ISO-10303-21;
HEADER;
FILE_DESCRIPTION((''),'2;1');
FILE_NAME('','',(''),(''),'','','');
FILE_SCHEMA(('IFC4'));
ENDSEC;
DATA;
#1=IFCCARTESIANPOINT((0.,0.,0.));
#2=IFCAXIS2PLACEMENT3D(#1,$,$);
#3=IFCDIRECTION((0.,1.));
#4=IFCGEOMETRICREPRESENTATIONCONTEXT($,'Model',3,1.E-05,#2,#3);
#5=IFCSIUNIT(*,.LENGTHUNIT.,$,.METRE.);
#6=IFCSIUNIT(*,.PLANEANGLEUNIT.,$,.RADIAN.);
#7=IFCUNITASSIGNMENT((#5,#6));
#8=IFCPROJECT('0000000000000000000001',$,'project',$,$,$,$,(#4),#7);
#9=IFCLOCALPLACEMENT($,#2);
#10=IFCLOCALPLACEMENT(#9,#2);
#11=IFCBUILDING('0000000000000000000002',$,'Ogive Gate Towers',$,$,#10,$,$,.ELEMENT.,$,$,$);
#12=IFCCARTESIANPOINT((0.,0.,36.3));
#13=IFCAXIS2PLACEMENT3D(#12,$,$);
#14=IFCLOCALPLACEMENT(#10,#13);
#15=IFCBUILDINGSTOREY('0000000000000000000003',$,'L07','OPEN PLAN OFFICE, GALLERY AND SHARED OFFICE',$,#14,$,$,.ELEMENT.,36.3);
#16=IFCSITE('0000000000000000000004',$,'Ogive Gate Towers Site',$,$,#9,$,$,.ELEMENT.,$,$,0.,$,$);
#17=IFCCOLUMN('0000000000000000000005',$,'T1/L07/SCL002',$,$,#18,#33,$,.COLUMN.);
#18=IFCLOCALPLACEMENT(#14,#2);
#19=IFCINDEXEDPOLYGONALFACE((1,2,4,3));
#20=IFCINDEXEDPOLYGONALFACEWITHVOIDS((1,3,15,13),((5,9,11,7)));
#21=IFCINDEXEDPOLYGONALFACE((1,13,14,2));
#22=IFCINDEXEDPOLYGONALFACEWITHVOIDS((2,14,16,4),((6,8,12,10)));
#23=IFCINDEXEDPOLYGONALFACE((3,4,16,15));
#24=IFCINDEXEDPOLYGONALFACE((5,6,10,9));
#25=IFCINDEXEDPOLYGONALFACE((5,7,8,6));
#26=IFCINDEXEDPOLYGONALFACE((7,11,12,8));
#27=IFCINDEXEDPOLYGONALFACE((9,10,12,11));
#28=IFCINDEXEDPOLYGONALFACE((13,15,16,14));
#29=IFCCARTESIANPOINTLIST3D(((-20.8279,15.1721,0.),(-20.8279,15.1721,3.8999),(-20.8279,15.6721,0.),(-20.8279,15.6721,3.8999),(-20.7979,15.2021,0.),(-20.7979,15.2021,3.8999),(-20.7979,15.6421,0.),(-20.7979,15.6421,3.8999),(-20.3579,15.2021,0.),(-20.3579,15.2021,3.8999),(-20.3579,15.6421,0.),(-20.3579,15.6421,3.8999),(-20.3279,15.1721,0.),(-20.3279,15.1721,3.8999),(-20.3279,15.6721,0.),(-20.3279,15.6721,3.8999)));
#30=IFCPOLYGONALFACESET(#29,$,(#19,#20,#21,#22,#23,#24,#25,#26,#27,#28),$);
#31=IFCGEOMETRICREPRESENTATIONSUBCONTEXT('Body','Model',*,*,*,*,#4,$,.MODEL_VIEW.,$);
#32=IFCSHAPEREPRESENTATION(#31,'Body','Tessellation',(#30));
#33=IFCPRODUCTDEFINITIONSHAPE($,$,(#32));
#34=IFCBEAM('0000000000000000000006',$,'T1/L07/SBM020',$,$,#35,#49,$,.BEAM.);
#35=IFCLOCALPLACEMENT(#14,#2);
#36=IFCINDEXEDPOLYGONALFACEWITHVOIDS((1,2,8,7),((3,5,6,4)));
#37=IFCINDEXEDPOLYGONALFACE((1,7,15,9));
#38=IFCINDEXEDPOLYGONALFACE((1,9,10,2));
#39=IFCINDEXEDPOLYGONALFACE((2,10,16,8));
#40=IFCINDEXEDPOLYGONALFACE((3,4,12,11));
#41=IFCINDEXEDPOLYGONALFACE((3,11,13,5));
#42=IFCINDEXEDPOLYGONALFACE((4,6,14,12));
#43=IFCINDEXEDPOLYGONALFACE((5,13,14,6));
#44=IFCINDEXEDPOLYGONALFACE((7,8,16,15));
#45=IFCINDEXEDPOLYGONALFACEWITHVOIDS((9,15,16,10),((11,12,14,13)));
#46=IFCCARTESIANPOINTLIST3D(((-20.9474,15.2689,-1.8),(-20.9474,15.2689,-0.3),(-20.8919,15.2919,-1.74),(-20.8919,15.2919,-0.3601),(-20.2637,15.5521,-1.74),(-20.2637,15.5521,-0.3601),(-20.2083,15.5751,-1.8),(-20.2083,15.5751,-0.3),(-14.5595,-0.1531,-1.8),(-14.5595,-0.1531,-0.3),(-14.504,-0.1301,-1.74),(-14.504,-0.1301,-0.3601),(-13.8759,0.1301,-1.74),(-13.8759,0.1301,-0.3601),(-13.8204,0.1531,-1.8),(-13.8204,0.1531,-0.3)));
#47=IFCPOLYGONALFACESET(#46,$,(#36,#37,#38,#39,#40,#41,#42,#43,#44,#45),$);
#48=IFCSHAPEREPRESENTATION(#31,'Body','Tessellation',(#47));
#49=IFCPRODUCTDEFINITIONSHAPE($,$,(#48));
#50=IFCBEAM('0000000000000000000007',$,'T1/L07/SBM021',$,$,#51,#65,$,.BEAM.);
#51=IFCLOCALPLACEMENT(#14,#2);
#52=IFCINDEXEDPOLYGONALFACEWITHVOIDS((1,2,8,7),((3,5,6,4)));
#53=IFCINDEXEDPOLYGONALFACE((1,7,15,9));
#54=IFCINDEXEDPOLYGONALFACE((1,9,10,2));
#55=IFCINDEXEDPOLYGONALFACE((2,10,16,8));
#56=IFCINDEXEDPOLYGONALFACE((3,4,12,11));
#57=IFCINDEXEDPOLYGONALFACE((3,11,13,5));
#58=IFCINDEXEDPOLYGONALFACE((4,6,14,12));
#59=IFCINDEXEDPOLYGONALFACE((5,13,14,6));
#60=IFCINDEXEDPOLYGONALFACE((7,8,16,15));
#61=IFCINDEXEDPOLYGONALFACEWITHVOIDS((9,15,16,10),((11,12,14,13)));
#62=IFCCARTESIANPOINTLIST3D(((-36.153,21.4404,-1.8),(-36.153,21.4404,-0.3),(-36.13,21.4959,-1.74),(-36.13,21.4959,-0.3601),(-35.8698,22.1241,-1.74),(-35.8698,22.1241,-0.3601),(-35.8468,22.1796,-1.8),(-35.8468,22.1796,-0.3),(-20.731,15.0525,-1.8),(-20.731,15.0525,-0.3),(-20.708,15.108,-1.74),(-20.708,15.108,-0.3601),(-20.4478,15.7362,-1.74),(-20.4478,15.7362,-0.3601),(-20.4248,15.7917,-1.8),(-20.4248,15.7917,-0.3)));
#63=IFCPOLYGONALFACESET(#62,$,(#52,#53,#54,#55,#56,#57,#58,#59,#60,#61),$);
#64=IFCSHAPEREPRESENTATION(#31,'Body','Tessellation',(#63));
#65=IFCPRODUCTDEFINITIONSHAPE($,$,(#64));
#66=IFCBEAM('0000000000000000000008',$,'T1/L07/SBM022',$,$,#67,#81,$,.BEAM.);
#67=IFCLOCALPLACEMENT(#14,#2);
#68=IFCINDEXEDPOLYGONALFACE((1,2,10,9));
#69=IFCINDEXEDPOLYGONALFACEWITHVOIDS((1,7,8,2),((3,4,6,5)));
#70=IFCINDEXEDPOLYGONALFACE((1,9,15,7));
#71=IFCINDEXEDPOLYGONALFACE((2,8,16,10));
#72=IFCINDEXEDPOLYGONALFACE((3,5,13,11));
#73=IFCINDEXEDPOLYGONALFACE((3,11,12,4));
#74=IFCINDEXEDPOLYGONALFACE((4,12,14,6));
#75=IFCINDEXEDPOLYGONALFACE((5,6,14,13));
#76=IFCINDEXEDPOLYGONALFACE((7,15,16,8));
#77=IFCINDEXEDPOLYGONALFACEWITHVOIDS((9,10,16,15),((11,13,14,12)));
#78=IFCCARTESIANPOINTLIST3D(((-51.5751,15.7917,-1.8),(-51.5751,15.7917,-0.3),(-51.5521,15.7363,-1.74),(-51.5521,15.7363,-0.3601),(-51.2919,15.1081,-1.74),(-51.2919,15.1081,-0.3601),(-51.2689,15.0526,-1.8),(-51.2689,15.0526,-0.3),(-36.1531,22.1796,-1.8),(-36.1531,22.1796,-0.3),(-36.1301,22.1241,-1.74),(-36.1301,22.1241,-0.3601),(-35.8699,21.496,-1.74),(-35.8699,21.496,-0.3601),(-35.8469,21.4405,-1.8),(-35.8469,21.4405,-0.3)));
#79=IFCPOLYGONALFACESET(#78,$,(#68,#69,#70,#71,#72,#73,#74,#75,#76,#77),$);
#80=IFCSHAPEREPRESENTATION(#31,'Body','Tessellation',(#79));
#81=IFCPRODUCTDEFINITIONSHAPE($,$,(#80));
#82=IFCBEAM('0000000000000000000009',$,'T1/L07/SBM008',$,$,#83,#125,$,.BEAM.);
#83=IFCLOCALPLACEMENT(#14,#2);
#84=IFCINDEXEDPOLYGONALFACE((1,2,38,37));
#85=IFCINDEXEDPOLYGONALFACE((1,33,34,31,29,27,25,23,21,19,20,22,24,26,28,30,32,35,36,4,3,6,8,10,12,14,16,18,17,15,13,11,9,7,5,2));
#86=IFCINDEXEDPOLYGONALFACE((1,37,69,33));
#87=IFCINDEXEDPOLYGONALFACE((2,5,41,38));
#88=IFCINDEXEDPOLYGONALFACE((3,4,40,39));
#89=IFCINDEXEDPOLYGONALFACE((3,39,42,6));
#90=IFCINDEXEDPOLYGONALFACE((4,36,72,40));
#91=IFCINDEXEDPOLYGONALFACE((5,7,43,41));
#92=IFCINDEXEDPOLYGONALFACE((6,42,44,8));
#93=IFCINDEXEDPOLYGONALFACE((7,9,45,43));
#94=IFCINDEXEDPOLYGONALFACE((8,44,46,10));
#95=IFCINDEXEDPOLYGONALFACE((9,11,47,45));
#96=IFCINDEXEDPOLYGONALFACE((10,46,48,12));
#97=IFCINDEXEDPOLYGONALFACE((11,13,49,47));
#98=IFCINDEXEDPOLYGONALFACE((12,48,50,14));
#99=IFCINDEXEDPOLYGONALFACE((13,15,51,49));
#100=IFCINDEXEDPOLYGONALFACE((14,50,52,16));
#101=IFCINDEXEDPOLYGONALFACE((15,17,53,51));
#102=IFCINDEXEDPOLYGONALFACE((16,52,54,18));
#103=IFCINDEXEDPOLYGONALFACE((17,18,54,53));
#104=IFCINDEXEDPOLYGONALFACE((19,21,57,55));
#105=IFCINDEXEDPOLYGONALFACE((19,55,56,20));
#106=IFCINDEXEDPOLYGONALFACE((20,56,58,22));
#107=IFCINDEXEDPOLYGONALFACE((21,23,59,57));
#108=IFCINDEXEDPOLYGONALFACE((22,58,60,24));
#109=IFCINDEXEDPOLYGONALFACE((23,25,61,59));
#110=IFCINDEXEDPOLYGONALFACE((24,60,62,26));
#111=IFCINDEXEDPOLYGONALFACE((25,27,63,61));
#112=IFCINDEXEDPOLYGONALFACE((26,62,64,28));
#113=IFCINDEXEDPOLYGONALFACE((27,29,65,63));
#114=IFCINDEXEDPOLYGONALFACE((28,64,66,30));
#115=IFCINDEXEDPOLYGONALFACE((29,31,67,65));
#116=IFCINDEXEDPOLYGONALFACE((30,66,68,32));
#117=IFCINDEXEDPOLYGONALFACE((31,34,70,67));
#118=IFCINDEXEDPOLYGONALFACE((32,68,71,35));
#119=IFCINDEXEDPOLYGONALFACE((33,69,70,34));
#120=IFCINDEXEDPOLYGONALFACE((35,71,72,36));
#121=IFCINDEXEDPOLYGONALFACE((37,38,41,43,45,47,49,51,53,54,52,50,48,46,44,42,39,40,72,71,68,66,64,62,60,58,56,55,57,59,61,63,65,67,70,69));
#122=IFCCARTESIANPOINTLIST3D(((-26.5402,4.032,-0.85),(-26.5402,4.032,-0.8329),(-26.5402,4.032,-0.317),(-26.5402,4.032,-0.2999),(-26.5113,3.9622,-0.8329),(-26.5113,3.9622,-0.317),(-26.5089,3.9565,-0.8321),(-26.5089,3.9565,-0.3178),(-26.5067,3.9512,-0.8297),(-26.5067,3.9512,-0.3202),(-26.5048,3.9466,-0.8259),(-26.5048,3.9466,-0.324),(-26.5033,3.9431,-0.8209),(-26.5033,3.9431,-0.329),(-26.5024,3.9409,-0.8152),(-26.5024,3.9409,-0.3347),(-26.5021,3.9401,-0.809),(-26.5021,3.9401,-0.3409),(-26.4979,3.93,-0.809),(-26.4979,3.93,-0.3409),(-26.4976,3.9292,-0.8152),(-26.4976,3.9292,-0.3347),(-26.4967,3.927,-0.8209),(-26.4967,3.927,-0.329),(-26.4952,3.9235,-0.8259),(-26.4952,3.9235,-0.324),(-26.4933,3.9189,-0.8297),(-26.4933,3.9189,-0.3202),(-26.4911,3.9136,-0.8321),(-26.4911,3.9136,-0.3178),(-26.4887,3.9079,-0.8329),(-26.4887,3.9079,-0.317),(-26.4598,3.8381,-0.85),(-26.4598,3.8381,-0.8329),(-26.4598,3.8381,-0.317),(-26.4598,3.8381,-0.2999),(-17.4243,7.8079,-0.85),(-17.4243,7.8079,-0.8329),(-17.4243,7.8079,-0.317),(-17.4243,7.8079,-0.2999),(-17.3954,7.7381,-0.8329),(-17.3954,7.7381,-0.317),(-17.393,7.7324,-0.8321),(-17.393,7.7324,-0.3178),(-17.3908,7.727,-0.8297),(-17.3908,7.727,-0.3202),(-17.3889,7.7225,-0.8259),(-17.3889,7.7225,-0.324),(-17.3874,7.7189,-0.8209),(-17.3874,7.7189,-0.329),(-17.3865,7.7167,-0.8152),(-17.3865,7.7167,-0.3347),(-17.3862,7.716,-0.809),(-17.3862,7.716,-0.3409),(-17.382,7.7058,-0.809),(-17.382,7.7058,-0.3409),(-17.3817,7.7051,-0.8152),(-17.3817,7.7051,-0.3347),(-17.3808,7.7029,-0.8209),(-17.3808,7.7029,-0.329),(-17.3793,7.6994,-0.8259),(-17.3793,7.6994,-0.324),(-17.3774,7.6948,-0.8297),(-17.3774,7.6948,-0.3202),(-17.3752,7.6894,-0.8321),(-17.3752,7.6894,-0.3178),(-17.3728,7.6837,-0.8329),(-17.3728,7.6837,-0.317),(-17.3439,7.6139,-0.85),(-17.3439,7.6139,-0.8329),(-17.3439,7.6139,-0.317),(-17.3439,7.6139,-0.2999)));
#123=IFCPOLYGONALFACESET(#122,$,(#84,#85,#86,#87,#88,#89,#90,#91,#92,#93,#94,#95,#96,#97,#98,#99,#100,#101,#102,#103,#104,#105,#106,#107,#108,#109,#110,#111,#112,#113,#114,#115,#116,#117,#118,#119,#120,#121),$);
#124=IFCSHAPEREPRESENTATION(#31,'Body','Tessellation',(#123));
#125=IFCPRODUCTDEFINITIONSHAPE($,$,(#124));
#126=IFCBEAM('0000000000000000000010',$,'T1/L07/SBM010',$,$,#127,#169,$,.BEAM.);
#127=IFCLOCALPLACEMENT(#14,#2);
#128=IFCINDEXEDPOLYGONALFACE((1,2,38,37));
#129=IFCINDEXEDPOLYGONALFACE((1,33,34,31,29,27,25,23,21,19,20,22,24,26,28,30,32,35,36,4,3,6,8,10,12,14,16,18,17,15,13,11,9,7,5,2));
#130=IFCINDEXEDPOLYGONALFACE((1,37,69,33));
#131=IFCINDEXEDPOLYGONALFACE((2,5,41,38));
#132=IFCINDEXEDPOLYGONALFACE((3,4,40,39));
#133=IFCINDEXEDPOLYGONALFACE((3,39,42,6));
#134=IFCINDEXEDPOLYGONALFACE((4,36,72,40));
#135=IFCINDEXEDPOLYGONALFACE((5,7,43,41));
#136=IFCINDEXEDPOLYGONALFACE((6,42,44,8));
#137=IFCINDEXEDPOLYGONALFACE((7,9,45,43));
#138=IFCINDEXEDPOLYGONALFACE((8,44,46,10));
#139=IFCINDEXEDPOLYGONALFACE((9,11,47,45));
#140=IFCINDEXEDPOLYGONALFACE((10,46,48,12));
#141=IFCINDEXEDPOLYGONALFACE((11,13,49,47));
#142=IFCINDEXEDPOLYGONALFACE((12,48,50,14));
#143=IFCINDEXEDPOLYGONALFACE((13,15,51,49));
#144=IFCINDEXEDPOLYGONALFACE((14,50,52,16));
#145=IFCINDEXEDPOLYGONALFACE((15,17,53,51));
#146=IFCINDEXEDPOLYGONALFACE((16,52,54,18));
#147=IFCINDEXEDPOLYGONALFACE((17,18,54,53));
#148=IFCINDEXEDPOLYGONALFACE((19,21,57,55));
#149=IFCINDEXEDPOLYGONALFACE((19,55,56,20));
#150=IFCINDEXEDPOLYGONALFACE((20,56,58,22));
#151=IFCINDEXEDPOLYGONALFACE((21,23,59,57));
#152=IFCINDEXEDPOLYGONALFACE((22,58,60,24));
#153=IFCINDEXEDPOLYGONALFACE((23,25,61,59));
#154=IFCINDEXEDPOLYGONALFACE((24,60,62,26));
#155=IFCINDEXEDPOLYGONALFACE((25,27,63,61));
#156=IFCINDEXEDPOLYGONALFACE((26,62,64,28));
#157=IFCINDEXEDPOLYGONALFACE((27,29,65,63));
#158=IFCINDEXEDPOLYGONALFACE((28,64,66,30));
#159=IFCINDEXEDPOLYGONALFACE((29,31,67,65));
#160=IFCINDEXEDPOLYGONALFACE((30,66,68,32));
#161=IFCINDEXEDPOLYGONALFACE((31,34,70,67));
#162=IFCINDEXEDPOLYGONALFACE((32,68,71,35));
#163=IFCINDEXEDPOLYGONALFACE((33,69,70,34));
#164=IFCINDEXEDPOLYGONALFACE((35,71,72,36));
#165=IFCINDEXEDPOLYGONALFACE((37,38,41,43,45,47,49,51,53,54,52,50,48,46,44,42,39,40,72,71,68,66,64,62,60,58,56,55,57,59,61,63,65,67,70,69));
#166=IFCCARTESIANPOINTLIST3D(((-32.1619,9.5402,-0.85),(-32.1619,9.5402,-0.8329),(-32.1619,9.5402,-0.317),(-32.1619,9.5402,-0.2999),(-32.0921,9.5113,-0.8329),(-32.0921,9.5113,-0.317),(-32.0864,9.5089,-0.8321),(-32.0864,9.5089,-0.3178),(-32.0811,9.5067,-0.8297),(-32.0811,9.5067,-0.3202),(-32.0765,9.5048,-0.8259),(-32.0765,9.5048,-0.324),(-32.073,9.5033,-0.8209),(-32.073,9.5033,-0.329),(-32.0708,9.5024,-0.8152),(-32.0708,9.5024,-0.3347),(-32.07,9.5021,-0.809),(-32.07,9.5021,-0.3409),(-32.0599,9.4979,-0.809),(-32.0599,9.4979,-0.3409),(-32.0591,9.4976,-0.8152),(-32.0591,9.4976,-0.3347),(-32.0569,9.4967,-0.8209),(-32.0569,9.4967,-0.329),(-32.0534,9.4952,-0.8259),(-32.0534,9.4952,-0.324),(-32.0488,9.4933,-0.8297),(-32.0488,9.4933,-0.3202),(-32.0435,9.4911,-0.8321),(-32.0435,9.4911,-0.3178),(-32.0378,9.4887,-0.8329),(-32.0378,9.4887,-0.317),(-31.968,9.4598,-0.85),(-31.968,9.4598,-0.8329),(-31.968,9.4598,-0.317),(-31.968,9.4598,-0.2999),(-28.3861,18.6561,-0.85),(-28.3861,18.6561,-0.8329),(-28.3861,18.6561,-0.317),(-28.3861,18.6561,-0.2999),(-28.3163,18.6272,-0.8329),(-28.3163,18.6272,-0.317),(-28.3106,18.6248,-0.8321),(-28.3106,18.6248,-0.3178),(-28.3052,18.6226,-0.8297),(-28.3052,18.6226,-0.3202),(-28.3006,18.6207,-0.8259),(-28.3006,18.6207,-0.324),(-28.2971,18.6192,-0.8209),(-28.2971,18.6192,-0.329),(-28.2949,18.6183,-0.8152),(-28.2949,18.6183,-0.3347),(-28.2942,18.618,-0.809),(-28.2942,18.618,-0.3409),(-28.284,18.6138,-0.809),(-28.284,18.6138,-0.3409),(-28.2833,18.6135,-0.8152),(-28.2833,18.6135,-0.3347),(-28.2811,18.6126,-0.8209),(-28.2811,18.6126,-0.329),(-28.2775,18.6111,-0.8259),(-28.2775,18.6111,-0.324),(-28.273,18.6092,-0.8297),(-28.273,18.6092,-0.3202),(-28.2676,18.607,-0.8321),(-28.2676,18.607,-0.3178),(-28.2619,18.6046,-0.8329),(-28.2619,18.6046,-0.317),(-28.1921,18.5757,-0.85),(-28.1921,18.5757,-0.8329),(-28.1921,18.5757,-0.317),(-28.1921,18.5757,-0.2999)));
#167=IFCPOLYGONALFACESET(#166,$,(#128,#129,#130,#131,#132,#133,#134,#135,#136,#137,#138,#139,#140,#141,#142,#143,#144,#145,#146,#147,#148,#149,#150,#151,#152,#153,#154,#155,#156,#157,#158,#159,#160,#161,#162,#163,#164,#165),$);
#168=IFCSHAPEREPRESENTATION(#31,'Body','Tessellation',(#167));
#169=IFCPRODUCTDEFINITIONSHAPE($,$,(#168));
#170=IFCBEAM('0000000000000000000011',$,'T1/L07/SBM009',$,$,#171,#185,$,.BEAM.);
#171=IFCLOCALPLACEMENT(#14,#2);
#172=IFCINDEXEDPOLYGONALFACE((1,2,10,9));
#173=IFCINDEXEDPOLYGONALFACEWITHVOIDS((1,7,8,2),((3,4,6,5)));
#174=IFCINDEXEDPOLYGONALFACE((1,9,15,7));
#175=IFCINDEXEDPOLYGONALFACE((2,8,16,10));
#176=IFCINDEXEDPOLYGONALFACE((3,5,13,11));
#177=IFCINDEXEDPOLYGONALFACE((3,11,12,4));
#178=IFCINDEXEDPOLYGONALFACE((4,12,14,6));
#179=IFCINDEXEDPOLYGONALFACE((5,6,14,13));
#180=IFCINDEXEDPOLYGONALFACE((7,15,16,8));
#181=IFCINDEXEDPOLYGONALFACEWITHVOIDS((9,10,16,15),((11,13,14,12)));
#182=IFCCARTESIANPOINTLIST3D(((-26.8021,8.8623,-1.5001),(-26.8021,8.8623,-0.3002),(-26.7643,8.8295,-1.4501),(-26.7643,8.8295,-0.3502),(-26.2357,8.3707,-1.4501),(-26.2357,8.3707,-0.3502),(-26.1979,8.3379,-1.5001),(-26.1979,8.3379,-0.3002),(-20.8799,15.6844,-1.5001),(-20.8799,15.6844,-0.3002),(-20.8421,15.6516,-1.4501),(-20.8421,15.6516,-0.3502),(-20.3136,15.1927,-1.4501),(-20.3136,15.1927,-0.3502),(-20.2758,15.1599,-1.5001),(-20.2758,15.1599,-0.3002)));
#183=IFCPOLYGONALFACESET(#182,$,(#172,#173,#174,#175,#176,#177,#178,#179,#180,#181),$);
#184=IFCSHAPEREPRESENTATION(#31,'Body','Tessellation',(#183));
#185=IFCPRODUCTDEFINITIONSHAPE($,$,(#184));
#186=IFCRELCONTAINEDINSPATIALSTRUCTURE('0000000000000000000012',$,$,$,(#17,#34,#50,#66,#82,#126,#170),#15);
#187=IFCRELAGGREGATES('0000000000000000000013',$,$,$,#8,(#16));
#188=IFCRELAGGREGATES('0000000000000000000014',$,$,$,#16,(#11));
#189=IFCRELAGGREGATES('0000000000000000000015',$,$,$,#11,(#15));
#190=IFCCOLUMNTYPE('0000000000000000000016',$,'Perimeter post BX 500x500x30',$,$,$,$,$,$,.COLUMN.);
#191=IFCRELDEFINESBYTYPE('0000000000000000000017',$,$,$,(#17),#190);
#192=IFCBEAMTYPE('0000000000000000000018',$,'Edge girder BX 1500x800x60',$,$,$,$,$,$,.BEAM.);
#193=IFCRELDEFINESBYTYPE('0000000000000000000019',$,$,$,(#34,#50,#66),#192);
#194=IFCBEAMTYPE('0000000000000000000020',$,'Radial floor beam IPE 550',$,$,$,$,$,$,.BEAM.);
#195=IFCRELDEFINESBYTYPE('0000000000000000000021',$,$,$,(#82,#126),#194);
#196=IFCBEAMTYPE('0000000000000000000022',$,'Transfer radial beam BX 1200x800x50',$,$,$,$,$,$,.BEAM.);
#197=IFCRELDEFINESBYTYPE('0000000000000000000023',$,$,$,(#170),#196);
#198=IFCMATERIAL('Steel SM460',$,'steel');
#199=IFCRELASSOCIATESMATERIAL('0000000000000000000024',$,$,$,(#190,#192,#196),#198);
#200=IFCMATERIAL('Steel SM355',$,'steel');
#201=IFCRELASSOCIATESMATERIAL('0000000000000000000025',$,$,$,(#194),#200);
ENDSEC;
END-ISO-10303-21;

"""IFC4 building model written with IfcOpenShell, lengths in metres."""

from ifc_helpers import new_model, si_unit, direction, frame, origin, origin_2d, place, context, subcontext, project, spatial, hollow_rectangle, i_section, extrude, material, material_profile, profile_set, type_object, element, save


model = new_model("IFC4")

# Units and contexts
model_context = context("Model", 3, precision=1e-05, world=origin(), true_north=direction((0.0, 1.0)))
body_context = subcontext(model_context, "Body", "Model", "MODEL_VIEW")
ifc_project = project(units=[si_unit("LENGTHUNIT", "METRE"), si_unit("PLANEANGLEUNIT", "RADIAN")], contexts=[model_context])

# Site, building, storey
site_placement = place(None, origin())
site = spatial("IfcSite", under=ifc_project, at=site_placement, Name="Ogive Gate Towers Site", CompositionType="ELEMENT", RefElevation=0.0)
building_placement = place(site_placement, origin())
building = spatial("IfcBuilding", under=site, at=building_placement, Name="Ogive Gate Towers", CompositionType="ELEMENT")
storey_placement = place(building_placement, frame((0.0, 0.0, 36.3)))
storey = spatial("IfcBuildingStorey", under=building, at=storey_placement, Name="L07", Description="OPEN PLAN OFFICE, GALLERY AND SHARED OFFICE", CompositionType="ELEMENT", Elevation=36.3)

# Column
ifc_material_1 = material(Name="Steel SM460", Category="steel")
ifc_material_profile_1 = material_profile(ifc_material_1, hollow_rectangle(XDim=0.5, YDim=0.5, WallThickness=0.03, at=origin_2d()), Name="BX 500x500x30")
ifc_profile_set_1 = profile_set([ifc_material_profile_1], Name="Steel SM460")
column_type = type_object("IfcColumnType", Name="Perimeter post BX 500x500x30", PredefinedType="COLUMN", material=ifc_profile_set_1)
column_placement = place(storey_placement, frame((-20.5779, 15.4221, 0.0), z_axis=(0.0, 0.0, 1.0), x_axis=(1.0, 0.0, 0.0)))
element("IfcColumn", 1, at=column_placement, inside=storey, type_object=column_type, Name="T1/L07/SCL002", PredefinedType="COLUMN", context=body_context, shape_type="SweptSolid", body=[
    extrude(hollow_rectangle(XDim=0.5, YDim=0.5, WallThickness=0.03, at=origin_2d()), origin(), (0.0, 0.0, 1.0), 3.8999),
])

# Beams
ifc_material_profile_2 = material_profile(ifc_material_1, hollow_rectangle(XDim=0.8, YDim=1.5, WallThickness=0.0601, at=origin_2d()), Name="BX 1500x800x60")
ifc_profile_set_2 = profile_set([ifc_material_profile_2], Name="Steel SM460")
beam_type_1 = type_object("IfcBeamType", Name="Edge girder BX 1500x800x60", PredefinedType="BEAM", material=ifc_profile_set_2)
for number, where, z_axis, x_axis, name in (
    (2, (-14.1899, 0.0, -1.05), (-0.382678, 0.923882, 0.0), (-0.923882, -0.382678, 0.0), "T1/L07/SBM020"),
    (3, (-20.5779, 15.4221, -1.05), (-0.923882, 0.382678, 0.0), (-0.382678, -0.923882, 0.0), "T1/L07/SBM021"),
    (4, (-36.0, 21.8101, -1.05), (-0.923882, -0.382678, 0.0), (0.382678, -0.923882, 0.0), "T1/L07/SBM022"),
):
    element("IfcBeam", number, at=place(storey_placement, frame(where, z_axis=z_axis, x_axis=x_axis)), inside=storey, type_object=beam_type_1, Name=name, PredefinedType="BEAM", context=body_context, shape_type="SweptSolid", body=[
        extrude(hollow_rectangle(XDim=0.8, YDim=1.5, WallThickness=0.0601, at=origin_2d()), origin(), (0.0, 0.0, 1.0), 16.6926),
    ])
ifc_material_2 = material(Name="Steel SM355", Category="steel")
ifc_material_profile_3 = material_profile(ifc_material_2, i_section(OverallWidth=0.21, OverallDepth=0.55, WebThickness=0.011, FlangeThickness=0.0171, FilletRadius=0.0239, at=origin_2d()), Name="IPE 550")
ifc_profile_set_3 = profile_set([ifc_material_profile_3], Name="Steel SM355")
beam_type_2 = type_object("IfcBeamType", Name="Radial floor beam IPE 550", PredefinedType="BEAM", material=ifc_profile_set_3)
for number, where, z_axis, x_axis, name in (
    (5, (-26.5, 3.9351, -0.575), (0.923882, 0.382677, 0.0), (-0.382677, 0.923882, 0.0), "T1/L07/SBM008"),
    (6, (-32.0649, 9.5, -0.575), (0.382677, 0.923882, 0.0), (-0.923882, 0.382677, 0.0), "T1/L07/SBM010"),
):
    element("IfcBeam", number, at=place(storey_placement, frame(where, z_axis=z_axis, x_axis=x_axis)), inside=storey, type_object=beam_type_2, Name=name, PredefinedType="BEAM", context=body_context, shape_type="SweptSolid", body=[
        extrude(i_section(OverallWidth=0.21, OverallDepth=0.55, WebThickness=0.011, FlangeThickness=0.0171, FilletRadius=0.0239, at=origin_2d()), origin(), (0.0, 0.0, 1.0), 9.8669),
    ])
ifc_material_profile_4 = material_profile(ifc_material_1, hollow_rectangle(XDim=0.8, YDim=1.2, WallThickness=0.05, at=origin_2d()), Name="BX 1200x800x50")
ifc_profile_set_4 = profile_set([ifc_material_profile_4], Name="Steel SM460")
beam_type_3 = type_object("IfcBeamType", Name="Transfer radial beam BX 1200x800x50", PredefinedType="BEAM", material=ifc_profile_set_4)
beam_placement = place(storey_placement, frame((-26.5, 8.6001, -0.9001), z_axis=(0.655544, 0.755157, 0.0), x_axis=(-0.755157, 0.655544, 0.0)))
element("IfcBeam", 7, at=beam_placement, inside=storey, type_object=beam_type_3, Name="T1/L07/SBM009", PredefinedType="BEAM", context=body_context, shape_type="SweptSolid", body=[
    extrude(hollow_rectangle(XDim=0.8, YDim=1.2, WallThickness=0.05, at=origin_2d()), origin(), (0.0, 0.0, 1.0), 9.0339),
])

save(model, "model.ifc")
